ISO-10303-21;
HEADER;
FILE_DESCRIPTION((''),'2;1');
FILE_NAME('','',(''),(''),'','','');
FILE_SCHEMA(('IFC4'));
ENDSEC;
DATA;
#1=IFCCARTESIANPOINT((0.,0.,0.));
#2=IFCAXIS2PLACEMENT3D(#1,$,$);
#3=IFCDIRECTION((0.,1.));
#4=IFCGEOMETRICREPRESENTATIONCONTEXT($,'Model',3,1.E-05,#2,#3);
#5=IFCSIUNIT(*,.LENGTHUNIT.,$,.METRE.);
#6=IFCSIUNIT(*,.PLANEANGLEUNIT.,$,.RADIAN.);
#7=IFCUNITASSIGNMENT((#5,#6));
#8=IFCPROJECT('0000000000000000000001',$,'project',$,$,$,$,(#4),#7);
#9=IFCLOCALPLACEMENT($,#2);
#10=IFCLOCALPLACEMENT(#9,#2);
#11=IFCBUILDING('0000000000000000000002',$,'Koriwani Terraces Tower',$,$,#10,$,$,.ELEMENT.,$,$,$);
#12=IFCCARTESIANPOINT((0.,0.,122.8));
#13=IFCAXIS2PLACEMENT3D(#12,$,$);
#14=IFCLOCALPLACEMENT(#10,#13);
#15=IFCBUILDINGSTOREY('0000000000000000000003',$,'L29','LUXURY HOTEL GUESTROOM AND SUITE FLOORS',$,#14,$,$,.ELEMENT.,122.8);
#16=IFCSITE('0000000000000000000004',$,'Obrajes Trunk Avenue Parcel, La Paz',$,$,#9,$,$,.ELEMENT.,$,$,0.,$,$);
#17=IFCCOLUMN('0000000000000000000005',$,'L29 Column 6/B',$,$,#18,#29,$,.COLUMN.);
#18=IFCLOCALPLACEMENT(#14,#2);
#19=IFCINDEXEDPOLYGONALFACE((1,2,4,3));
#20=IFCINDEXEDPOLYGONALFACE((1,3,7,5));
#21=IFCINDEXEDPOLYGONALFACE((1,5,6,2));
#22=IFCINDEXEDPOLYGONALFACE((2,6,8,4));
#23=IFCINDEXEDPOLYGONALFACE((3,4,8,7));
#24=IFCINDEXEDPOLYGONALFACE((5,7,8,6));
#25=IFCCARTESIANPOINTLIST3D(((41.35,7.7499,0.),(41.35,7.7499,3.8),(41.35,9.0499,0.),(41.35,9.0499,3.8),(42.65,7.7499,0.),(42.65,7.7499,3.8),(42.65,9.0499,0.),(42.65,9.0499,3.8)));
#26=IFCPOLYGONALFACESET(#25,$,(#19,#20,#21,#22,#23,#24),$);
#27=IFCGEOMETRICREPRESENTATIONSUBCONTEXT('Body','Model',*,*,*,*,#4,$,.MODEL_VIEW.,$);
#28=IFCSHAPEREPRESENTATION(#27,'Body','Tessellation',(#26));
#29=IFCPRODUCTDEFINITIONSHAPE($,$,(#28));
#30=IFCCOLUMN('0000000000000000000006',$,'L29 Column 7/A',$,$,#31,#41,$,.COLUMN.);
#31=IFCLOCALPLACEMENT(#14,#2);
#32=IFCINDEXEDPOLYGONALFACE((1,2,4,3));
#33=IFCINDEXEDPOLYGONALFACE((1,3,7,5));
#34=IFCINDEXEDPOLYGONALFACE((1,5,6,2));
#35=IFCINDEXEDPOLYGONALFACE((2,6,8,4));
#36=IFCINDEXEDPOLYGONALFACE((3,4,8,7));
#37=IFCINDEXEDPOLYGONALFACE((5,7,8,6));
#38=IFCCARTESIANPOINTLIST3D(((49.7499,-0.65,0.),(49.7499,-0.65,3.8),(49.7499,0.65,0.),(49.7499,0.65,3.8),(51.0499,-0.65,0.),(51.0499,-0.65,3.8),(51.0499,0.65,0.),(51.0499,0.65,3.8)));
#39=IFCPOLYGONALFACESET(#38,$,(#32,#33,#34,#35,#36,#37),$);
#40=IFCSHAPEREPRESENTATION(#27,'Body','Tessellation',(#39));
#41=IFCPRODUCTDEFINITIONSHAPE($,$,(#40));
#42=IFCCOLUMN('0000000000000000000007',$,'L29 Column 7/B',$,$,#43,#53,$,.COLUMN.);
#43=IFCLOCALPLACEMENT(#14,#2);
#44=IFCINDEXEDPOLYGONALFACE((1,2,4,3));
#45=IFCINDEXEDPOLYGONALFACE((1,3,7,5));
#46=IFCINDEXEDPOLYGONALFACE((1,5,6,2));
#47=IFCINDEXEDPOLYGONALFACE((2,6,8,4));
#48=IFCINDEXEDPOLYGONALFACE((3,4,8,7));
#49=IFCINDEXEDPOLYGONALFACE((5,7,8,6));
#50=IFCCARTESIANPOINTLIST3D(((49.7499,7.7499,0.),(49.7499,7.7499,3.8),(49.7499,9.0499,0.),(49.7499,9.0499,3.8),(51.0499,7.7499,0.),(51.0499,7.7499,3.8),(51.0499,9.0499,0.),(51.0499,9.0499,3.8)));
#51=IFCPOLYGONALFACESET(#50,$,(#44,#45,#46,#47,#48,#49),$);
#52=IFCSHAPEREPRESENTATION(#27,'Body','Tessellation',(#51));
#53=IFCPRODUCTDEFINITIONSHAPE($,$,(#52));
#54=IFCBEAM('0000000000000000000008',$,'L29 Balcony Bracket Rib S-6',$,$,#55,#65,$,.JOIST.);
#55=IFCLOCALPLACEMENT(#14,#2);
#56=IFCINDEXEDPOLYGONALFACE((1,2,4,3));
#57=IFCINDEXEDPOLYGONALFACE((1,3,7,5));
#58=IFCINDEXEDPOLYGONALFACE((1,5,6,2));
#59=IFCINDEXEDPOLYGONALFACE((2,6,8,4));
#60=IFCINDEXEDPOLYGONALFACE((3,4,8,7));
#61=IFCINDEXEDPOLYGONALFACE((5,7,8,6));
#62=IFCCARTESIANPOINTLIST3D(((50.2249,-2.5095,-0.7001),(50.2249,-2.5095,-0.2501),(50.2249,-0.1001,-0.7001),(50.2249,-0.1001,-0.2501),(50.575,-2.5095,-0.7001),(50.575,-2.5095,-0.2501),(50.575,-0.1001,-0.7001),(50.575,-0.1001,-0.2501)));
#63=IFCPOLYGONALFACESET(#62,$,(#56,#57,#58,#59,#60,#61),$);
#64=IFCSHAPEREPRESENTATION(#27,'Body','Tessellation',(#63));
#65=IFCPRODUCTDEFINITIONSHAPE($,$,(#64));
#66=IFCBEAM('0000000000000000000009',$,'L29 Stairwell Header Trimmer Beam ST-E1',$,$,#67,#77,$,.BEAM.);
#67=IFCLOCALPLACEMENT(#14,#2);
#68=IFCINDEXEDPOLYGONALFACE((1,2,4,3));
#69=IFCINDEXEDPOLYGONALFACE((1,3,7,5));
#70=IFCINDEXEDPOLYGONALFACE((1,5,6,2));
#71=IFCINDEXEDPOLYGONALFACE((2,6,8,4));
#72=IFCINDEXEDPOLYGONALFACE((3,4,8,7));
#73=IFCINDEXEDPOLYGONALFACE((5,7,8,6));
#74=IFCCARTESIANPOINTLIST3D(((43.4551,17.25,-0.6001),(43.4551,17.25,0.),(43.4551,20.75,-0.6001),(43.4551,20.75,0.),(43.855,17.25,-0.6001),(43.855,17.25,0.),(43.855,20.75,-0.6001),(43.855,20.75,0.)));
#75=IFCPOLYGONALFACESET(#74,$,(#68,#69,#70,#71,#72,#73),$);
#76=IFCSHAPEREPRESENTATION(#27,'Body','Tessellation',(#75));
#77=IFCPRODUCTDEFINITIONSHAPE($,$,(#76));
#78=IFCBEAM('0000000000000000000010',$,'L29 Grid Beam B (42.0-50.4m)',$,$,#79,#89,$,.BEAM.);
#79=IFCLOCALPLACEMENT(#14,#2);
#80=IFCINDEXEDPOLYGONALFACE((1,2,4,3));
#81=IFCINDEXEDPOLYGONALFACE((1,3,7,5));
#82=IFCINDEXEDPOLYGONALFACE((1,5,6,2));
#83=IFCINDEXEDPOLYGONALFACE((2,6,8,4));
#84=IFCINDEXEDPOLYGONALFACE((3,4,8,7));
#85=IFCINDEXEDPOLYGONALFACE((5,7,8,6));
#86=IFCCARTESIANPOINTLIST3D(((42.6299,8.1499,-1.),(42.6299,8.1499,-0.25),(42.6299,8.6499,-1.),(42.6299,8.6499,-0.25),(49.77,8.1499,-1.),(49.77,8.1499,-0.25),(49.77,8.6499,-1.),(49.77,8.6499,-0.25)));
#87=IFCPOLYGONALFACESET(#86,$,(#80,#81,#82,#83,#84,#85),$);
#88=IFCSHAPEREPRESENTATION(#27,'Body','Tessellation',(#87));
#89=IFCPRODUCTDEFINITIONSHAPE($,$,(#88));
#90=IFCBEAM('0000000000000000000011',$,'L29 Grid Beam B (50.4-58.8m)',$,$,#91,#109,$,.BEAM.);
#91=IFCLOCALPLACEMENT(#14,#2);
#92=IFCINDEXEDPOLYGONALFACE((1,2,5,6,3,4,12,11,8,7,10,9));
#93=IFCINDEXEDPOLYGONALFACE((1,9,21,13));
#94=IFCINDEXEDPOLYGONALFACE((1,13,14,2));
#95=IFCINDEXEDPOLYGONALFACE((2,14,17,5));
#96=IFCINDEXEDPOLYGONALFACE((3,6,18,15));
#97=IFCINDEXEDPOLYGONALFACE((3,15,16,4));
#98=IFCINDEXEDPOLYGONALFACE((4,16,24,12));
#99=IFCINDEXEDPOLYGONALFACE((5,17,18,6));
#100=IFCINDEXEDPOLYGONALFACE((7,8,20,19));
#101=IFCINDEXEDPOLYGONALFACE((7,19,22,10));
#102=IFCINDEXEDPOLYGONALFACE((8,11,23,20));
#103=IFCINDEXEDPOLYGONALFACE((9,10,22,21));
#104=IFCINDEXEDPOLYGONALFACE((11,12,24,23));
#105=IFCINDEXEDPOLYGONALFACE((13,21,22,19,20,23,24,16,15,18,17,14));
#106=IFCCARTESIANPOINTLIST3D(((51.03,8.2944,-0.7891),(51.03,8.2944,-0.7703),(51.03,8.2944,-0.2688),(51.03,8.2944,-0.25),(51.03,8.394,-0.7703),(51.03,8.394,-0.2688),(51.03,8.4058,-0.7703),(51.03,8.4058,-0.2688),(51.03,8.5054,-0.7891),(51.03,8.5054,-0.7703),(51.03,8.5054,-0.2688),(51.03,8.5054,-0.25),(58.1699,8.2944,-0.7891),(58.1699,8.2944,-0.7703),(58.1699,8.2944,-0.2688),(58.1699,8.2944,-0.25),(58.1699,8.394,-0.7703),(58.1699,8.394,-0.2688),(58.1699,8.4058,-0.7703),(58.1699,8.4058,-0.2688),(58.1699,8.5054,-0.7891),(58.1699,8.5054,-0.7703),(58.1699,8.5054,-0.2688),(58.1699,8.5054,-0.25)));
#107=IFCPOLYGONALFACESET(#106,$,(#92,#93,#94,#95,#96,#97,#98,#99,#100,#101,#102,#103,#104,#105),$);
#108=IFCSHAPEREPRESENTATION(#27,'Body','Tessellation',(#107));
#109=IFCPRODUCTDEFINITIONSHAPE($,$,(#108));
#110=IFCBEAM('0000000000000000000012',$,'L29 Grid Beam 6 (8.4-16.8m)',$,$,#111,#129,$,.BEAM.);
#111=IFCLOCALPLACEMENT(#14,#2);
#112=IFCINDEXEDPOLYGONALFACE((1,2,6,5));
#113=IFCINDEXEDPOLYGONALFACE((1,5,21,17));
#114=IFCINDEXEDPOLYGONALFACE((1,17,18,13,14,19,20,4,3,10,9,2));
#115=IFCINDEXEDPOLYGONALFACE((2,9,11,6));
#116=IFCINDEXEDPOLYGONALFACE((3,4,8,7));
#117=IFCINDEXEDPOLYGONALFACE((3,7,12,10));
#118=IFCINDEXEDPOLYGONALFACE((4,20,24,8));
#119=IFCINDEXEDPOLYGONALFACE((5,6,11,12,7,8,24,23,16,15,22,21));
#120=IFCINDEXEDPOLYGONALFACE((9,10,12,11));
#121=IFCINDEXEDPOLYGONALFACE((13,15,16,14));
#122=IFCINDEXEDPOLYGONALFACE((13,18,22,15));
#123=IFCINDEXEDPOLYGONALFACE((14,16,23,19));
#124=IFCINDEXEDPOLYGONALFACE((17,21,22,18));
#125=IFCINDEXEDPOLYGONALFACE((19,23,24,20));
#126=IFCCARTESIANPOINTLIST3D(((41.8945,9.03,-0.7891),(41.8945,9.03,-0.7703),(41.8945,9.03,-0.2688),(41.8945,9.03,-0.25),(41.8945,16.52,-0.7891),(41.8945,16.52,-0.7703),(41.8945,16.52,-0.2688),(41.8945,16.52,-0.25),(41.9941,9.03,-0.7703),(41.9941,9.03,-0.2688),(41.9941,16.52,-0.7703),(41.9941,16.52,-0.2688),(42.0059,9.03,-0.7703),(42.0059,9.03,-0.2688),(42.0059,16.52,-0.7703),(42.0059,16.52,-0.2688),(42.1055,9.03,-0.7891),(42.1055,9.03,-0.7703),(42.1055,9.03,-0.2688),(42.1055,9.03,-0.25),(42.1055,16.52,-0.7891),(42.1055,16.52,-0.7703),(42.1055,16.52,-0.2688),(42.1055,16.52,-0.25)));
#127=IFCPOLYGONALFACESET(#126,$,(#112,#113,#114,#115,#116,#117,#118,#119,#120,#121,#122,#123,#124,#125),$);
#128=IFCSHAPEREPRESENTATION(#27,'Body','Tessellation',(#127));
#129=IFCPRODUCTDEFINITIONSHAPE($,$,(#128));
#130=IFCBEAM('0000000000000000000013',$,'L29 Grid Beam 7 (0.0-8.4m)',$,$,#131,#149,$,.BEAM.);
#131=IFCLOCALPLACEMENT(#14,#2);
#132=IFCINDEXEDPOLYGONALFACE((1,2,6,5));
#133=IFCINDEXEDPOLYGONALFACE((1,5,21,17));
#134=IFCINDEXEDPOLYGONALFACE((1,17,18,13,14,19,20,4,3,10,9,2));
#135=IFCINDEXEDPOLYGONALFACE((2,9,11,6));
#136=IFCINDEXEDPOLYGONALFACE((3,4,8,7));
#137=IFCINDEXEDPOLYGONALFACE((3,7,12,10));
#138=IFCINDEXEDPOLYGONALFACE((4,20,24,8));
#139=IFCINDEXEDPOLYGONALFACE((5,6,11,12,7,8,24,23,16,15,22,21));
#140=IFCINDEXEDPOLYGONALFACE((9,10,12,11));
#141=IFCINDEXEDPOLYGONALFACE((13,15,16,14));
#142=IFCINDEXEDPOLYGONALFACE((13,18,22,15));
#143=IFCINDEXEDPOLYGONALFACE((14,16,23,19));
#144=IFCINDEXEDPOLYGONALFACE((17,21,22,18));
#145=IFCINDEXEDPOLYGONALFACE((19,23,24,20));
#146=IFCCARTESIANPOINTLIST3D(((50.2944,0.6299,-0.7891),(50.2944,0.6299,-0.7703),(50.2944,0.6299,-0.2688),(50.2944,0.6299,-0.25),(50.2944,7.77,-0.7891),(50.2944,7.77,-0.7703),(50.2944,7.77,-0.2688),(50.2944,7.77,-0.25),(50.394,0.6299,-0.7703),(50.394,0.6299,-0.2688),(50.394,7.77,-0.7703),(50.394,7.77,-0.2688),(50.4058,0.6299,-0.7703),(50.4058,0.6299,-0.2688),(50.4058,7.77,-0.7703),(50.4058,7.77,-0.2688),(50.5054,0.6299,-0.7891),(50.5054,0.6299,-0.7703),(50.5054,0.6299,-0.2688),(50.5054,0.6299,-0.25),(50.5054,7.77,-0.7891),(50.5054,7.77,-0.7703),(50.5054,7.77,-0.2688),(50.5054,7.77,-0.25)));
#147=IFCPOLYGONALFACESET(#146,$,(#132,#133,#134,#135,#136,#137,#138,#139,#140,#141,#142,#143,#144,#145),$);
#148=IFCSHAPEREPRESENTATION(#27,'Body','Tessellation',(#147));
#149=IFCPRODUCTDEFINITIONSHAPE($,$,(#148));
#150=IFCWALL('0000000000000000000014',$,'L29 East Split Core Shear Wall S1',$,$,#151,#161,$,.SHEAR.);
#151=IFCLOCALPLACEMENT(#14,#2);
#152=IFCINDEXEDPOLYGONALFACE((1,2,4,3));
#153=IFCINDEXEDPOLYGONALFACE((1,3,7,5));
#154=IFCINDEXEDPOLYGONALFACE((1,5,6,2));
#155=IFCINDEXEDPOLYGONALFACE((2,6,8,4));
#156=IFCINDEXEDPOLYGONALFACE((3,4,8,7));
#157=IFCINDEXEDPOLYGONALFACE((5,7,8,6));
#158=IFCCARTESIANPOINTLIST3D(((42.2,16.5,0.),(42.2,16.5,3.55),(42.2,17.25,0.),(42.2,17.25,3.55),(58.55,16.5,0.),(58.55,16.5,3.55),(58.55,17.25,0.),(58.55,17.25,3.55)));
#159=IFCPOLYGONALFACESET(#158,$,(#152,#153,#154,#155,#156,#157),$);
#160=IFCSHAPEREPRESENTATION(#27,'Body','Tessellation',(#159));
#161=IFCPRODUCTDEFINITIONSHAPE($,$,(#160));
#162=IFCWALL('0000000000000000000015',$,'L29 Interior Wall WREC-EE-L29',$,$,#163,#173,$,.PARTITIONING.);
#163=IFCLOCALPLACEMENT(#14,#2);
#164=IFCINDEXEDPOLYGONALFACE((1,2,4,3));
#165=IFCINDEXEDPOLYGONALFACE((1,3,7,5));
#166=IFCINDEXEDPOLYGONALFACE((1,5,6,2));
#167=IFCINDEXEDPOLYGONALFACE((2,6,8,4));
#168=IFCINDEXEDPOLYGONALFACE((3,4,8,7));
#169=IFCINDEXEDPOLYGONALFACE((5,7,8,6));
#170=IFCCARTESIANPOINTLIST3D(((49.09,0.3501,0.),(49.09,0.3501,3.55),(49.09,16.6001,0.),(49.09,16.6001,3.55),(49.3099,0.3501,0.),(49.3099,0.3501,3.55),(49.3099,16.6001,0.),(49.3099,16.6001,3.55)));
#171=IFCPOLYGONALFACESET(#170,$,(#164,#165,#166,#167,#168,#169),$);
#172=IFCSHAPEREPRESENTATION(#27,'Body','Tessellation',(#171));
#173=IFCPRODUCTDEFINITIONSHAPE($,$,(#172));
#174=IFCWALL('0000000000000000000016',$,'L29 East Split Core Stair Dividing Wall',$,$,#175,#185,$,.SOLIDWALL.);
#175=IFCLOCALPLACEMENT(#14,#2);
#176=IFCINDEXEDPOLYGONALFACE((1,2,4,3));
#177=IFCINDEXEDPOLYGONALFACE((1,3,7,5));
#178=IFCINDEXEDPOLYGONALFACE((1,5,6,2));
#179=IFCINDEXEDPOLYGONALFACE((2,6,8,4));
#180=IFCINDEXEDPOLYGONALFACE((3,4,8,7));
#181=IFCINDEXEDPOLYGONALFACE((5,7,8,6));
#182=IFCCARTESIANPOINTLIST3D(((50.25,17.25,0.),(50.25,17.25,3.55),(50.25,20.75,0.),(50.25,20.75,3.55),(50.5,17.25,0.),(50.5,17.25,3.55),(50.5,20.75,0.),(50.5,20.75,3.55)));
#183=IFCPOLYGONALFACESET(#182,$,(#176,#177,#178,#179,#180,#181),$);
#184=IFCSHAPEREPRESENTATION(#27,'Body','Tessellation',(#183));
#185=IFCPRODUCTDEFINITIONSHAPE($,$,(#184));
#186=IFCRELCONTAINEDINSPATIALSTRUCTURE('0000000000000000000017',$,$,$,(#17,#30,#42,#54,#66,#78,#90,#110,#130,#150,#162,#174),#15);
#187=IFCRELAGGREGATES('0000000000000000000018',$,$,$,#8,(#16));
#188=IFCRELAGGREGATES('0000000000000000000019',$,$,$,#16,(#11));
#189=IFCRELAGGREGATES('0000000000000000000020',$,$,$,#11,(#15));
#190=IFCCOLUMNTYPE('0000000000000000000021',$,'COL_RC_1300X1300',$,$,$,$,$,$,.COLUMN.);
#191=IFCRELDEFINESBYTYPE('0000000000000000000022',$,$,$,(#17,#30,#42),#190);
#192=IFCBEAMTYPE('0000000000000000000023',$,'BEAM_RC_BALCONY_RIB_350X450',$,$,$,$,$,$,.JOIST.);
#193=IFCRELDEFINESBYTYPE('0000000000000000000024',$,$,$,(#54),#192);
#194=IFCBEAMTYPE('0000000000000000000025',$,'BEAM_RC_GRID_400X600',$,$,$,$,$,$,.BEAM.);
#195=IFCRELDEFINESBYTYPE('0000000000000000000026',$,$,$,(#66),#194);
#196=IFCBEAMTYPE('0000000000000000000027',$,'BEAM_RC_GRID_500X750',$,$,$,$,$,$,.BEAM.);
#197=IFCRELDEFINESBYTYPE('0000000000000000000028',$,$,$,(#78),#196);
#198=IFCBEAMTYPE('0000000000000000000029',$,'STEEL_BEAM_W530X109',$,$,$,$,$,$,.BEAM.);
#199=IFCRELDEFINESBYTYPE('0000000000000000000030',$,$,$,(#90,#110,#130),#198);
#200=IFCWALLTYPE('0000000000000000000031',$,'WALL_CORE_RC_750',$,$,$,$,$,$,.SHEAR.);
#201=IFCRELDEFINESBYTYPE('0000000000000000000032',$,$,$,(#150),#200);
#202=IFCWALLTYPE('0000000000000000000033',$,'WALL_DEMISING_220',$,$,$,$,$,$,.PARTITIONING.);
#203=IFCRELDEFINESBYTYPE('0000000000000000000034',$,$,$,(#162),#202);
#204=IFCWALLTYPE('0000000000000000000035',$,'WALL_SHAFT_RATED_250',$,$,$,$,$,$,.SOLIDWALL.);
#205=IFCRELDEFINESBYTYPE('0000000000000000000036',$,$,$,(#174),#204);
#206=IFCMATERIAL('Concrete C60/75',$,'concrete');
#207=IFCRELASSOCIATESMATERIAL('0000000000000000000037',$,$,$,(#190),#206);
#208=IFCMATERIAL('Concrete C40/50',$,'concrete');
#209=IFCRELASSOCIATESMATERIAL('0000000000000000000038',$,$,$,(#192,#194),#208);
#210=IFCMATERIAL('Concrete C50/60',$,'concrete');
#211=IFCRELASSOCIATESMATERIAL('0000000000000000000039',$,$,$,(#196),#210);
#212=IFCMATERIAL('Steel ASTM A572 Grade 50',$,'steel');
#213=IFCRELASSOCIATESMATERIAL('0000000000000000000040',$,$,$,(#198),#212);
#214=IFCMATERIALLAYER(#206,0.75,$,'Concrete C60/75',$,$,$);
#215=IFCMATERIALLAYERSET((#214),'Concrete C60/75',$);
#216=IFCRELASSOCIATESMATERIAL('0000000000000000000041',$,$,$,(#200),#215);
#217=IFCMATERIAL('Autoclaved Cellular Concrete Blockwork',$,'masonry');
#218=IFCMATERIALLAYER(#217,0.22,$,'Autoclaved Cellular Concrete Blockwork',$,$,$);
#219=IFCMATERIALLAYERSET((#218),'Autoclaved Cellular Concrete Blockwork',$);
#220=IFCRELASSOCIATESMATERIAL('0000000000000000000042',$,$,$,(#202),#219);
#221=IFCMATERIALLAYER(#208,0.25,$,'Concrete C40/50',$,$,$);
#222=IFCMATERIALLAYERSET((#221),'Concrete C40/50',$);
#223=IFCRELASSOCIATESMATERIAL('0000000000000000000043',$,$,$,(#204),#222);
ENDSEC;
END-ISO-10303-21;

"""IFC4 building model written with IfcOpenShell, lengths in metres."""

from ifc_helpers import new_model, si_unit, direction, frame, frame_2d, origin, origin_2d, place, context, subcontext, project, spatial, rectangle, i_section, extrude, material, layer, layer_set, material_profile, profile_set, type_object, element, save


model = new_model("IFC4")

# Units and contexts
model_context = context("Model", 3, precision=1e-05, world=origin(), true_north=direction((0.0, 1.0)))
body_context = subcontext(model_context, "Body", "Model", "MODEL_VIEW")
ifc_project = project(units=[si_unit("LENGTHUNIT", "METRE"), si_unit("PLANEANGLEUNIT", "RADIAN")], contexts=[model_context])

# Site, building, storey
site_placement = place(None, origin())
site = spatial("IfcSite", under=ifc_project, at=site_placement, Name="Obrajes Trunk Avenue Parcel, La Paz", CompositionType="ELEMENT", RefElevation=0.0)
building_placement = place(site_placement, origin())
building = spatial("IfcBuilding", under=site, at=building_placement, Name="Koriwani Terraces Tower", CompositionType="ELEMENT")
storey_placement = place(building_placement, frame((0.0, 0.0, 122.8)))
storey = spatial("IfcBuildingStorey", under=building, at=storey_placement, Name="L29", Description="LUXURY HOTEL GUESTROOM AND SUITE FLOORS", CompositionType="ELEMENT", Elevation=122.8)

# Columns
ifc_material_1 = material(Name="Concrete C60/75", Category="concrete")
ifc_material_profile_1 = material_profile(ifc_material_1, rectangle(XDim=1.3, YDim=1.3, at=origin_2d()), Name="Concrete C60/75", Category="LoadBearing")
ifc_profile_set_1 = profile_set([ifc_material_profile_1], Name="Concrete C60/75")
column_type = type_object("IfcColumnType", Name="COL_RC_1300X1300", PredefinedType="COLUMN", material=ifc_profile_set_1)
for number, where, z_axis, x_axis, name in (
    (1, (42.0, 8.3999, 0.0), (0.0, 0.0, 1.0), (1.0, 0.0, 0.0), "L29 Column 6/B"),
    (2, (50.3999, 0.0, 0.0), (0.0, 0.0, 1.0), (1.0, 0.0, 0.0), "L29 Column 7/A"),
    (3, (50.3999, 8.3999, 0.0), (0.0, 0.0, 1.0), (1.0, 0.0, 0.0), "L29 Column 7/B"),
):
    element("IfcColumn", number, at=place(storey_placement, frame(where, z_axis=z_axis, x_axis=x_axis)), inside=storey, type_object=column_type, Name=name, PredefinedType="COLUMN", context=body_context, shape_type="SweptSolid", body=[
        extrude(rectangle(XDim=1.3, YDim=1.3, at=origin_2d()), origin(), (0.0, 0.0, 1.0), 3.8),
    ])

# Beams
ifc_material_2 = material(Name="Concrete C40/50", Category="concrete")
ifc_material_profile_2 = material_profile(ifc_material_2, rectangle(XDim=0.3501, YDim=0.45, at=origin_2d()), Name="Concrete C40/50", Category="LoadBearing")
ifc_profile_set_2 = profile_set([ifc_material_profile_2], Name="Concrete C40/50")
beam_type_1 = type_object("IfcBeamType", Name="BEAM_RC_BALCONY_RIB_350X450", PredefinedType="JOIST", material=ifc_profile_set_2)
beam_1_placement = place(storey_placement, frame((50.3999, -2.5095, -0.4751), z_axis=(0.0, 1.0, 0.0), x_axis=(-1.0, 0.0, 0.0)))
element("IfcBeam", 4, at=beam_1_placement, inside=storey, type_object=beam_type_1, Name="L29 Balcony Bracket Rib S-6", PredefinedType="JOIST", context=body_context, shape_type="SweptSolid", body=[
    extrude(rectangle(XDim=0.3501, YDim=0.45, at=origin_2d()), origin(), (0.0, 0.0, 1.0), 2.4094),
])
ifc_material_profile_3 = material_profile(ifc_material_2, rectangle(XDim=0.3999, YDim=0.6001, at=origin_2d()), Name="Concrete C40/50", Category="LoadBearing")
ifc_profile_set_3 = profile_set([ifc_material_profile_3], Name="Concrete C40/50")
beam_type_2 = type_object("IfcBeamType", Name="BEAM_RC_GRID_400X600", PredefinedType="BEAM", material=ifc_profile_set_3)
beam_2_placement = place(storey_placement, frame((43.655, 17.25, -0.3), z_axis=(0.0, 1.0, 0.0), x_axis=(-1.0, 0.0, 0.0)))
element("IfcBeam", 5, at=beam_2_placement, inside=storey, type_object=beam_type_2, Name="L29 Stairwell Header Trimmer Beam ST-E1", PredefinedType="BEAM", context=body_context, shape_type="SweptSolid", body=[
    extrude(rectangle(XDim=0.3999, YDim=0.6001, at=origin_2d()), origin(), (0.0, 0.0, 1.0), 3.5),
])
ifc_material_3 = material(Name="Concrete C50/60", Category="concrete")
ifc_material_profile_4 = material_profile(ifc_material_3, rectangle(XDim=0.5, YDim=0.75, at=origin_2d()), Name="Concrete C50/60", Category="LoadBearing")
ifc_profile_set_4 = profile_set([ifc_material_profile_4], Name="Concrete C50/60")
beam_type_3 = type_object("IfcBeamType", Name="BEAM_RC_GRID_500X750", PredefinedType="BEAM", material=ifc_profile_set_4)
beam_3_placement = place(storey_placement, frame((42.6299, 8.3999, -0.625), z_axis=(1.0, 0.0, 0.0), x_axis=(0.0, 1.0, 0.0)))
element("IfcBeam", 6, at=beam_3_placement, inside=storey, type_object=beam_type_3, Name="L29 Grid Beam B (42.0-50.4m)", PredefinedType="BEAM", context=body_context, shape_type="SweptSolid", body=[
    extrude(rectangle(XDim=0.5, YDim=0.75, at=origin_2d()), origin(), (0.0, 0.0, 1.0), 7.1401),
])
ifc_material_4 = material(Name="Steel ASTM A572 Grade 50", Category="steel")
ifc_material_profile_5 = material_profile(ifc_material_4, i_section(OverallWidth=0.2109, OverallDepth=0.5391, WebThickness=0.0117, FlangeThickness=0.0188, at=origin_2d()), Name="Steel ASTM A572 Grade 50", Category="LoadBearing")
ifc_profile_set_5 = profile_set([ifc_material_profile_5], Name="Steel ASTM A572 Grade 50")
beam_type_4 = type_object("IfcBeamType", Name="STEEL_BEAM_W530X109", PredefinedType="BEAM", material=ifc_profile_set_5)
beam_4_placement = place(storey_placement, frame((51.03, 8.3999, -0.5195), z_axis=(1.0, 0.0, 0.0), x_axis=(0.0, 1.0, 0.0)))
element("IfcBeam", 7, at=beam_4_placement, inside=storey, type_object=beam_type_4, Name="L29 Grid Beam B (50.4-58.8m)", PredefinedType="BEAM", context=body_context, shape_type="SweptSolid", body=[
    extrude(i_section(OverallWidth=0.2109, OverallDepth=0.5391, WebThickness=0.0117, FlangeThickness=0.0188, at=origin_2d()), origin(), (0.0, 0.0, 1.0), 7.1399),
])
beam_5_placement = place(storey_placement, frame((42.0, 9.03, -0.5195), z_axis=(0.0, 1.0, 0.0), x_axis=(-1.0, 0.0, 0.0)))
element("IfcBeam", 8, at=beam_5_placement, inside=storey, type_object=beam_type_4, Name="L29 Grid Beam 6 (8.4-16.8m)", PredefinedType="BEAM", context=body_context, shape_type="SweptSolid", body=[
    extrude(i_section(OverallWidth=0.2109, OverallDepth=0.5391, WebThickness=0.0117, FlangeThickness=0.0188, at=origin_2d()), origin(), (0.0, 0.0, 1.0), 7.49),
])
beam_6_placement = place(storey_placement, frame((50.3999, 0.6299, -0.5195), z_axis=(0.0, 1.0, 0.0), x_axis=(-1.0, 0.0, 0.0)))
element("IfcBeam", 9, at=beam_6_placement, inside=storey, type_object=beam_type_4, Name="L29 Grid Beam 7 (0.0-8.4m)", PredefinedType="BEAM", context=body_context, shape_type="SweptSolid", body=[
    extrude(i_section(OverallWidth=0.2109, OverallDepth=0.5391, WebThickness=0.0117, FlangeThickness=0.0188, at=origin_2d()), origin(), (0.0, 0.0, 1.0), 7.1401),
])

# Walls
ifc_layer_1 = layer(ifc_material_1, 0.75, Name="Concrete C60/75")
ifc_layer_set_1 = layer_set([ifc_layer_1], Name="Concrete C60/75")
wall_type_1 = type_object("IfcWallType", Name="WALL_CORE_RC_750", PredefinedType="SHEAR", material=ifc_layer_set_1)
wall_1_placement = place(storey_placement, frame((42.2, 16.875, 0.0), z_axis=(0.0, 0.0, 1.0), x_axis=(1.0, 0.0, 0.0)))
element("IfcWall", 10, at=wall_1_placement, inside=storey, type_object=wall_type_1, Name="L29 East Split Core Shear Wall S1", PredefinedType="SHEAR", context=body_context, shape_type="SweptSolid", body=[
    extrude(rectangle(XDim=16.3501, YDim=0.75, at=frame_2d((8.175, 0.0))), origin(), (0.0, 0.0, 1.0), 3.55),
])
ifc_material_5 = material(Name="Autoclaved Cellular Concrete Blockwork", Category="masonry")
ifc_layer_2 = layer(ifc_material_5, 0.22, Name="Autoclaved Cellular Concrete Blockwork")
ifc_layer_set_2 = layer_set([ifc_layer_2], Name="Autoclaved Cellular Concrete Blockwork")
wall_type_2 = type_object("IfcWallType", Name="WALL_DEMISING_220", PredefinedType="PARTITIONING", material=ifc_layer_set_2)
wall_2_placement = place(storey_placement, frame((49.2, 0.3501, 0.0), z_axis=(0.0, 0.0, 1.0), x_axis=(0.0, 1.0, 0.0)))
element("IfcWall", 11, at=wall_2_placement, inside=storey, type_object=wall_type_2, Name="L29 Interior Wall WREC-EE-L29", PredefinedType="PARTITIONING", context=body_context, shape_type="SweptSolid", body=[
    extrude(rectangle(XDim=16.25, YDim=0.22, at=frame_2d((8.125, 0.0))), origin(), (0.0, 0.0, 1.0), 3.55),
])
ifc_layer_3 = layer(ifc_material_2, 0.25, Name="Concrete C40/50")
ifc_layer_set_3 = layer_set([ifc_layer_3], Name="Concrete C40/50")
wall_type_3 = type_object("IfcWallType", Name="WALL_SHAFT_RATED_250", PredefinedType="SOLIDWALL", material=ifc_layer_set_3)
wall_3_placement = place(storey_placement, frame((50.375, 17.25, 0.0), z_axis=(0.0, 0.0, 1.0), x_axis=(0.0, 1.0, 0.0)))
element("IfcWall", 12, at=wall_3_placement, inside=storey, type_object=wall_type_3, Name="L29 East Split Core Stair Dividing Wall", PredefinedType="SOLIDWALL", context=body_context, shape_type="SweptSolid", body=[
    extrude(rectangle(XDim=3.5, YDim=0.25, at=frame_2d((1.75, 0.0))), origin(), (0.0, 0.0, 1.0), 3.55),
])

save(model, "model.ifc")
